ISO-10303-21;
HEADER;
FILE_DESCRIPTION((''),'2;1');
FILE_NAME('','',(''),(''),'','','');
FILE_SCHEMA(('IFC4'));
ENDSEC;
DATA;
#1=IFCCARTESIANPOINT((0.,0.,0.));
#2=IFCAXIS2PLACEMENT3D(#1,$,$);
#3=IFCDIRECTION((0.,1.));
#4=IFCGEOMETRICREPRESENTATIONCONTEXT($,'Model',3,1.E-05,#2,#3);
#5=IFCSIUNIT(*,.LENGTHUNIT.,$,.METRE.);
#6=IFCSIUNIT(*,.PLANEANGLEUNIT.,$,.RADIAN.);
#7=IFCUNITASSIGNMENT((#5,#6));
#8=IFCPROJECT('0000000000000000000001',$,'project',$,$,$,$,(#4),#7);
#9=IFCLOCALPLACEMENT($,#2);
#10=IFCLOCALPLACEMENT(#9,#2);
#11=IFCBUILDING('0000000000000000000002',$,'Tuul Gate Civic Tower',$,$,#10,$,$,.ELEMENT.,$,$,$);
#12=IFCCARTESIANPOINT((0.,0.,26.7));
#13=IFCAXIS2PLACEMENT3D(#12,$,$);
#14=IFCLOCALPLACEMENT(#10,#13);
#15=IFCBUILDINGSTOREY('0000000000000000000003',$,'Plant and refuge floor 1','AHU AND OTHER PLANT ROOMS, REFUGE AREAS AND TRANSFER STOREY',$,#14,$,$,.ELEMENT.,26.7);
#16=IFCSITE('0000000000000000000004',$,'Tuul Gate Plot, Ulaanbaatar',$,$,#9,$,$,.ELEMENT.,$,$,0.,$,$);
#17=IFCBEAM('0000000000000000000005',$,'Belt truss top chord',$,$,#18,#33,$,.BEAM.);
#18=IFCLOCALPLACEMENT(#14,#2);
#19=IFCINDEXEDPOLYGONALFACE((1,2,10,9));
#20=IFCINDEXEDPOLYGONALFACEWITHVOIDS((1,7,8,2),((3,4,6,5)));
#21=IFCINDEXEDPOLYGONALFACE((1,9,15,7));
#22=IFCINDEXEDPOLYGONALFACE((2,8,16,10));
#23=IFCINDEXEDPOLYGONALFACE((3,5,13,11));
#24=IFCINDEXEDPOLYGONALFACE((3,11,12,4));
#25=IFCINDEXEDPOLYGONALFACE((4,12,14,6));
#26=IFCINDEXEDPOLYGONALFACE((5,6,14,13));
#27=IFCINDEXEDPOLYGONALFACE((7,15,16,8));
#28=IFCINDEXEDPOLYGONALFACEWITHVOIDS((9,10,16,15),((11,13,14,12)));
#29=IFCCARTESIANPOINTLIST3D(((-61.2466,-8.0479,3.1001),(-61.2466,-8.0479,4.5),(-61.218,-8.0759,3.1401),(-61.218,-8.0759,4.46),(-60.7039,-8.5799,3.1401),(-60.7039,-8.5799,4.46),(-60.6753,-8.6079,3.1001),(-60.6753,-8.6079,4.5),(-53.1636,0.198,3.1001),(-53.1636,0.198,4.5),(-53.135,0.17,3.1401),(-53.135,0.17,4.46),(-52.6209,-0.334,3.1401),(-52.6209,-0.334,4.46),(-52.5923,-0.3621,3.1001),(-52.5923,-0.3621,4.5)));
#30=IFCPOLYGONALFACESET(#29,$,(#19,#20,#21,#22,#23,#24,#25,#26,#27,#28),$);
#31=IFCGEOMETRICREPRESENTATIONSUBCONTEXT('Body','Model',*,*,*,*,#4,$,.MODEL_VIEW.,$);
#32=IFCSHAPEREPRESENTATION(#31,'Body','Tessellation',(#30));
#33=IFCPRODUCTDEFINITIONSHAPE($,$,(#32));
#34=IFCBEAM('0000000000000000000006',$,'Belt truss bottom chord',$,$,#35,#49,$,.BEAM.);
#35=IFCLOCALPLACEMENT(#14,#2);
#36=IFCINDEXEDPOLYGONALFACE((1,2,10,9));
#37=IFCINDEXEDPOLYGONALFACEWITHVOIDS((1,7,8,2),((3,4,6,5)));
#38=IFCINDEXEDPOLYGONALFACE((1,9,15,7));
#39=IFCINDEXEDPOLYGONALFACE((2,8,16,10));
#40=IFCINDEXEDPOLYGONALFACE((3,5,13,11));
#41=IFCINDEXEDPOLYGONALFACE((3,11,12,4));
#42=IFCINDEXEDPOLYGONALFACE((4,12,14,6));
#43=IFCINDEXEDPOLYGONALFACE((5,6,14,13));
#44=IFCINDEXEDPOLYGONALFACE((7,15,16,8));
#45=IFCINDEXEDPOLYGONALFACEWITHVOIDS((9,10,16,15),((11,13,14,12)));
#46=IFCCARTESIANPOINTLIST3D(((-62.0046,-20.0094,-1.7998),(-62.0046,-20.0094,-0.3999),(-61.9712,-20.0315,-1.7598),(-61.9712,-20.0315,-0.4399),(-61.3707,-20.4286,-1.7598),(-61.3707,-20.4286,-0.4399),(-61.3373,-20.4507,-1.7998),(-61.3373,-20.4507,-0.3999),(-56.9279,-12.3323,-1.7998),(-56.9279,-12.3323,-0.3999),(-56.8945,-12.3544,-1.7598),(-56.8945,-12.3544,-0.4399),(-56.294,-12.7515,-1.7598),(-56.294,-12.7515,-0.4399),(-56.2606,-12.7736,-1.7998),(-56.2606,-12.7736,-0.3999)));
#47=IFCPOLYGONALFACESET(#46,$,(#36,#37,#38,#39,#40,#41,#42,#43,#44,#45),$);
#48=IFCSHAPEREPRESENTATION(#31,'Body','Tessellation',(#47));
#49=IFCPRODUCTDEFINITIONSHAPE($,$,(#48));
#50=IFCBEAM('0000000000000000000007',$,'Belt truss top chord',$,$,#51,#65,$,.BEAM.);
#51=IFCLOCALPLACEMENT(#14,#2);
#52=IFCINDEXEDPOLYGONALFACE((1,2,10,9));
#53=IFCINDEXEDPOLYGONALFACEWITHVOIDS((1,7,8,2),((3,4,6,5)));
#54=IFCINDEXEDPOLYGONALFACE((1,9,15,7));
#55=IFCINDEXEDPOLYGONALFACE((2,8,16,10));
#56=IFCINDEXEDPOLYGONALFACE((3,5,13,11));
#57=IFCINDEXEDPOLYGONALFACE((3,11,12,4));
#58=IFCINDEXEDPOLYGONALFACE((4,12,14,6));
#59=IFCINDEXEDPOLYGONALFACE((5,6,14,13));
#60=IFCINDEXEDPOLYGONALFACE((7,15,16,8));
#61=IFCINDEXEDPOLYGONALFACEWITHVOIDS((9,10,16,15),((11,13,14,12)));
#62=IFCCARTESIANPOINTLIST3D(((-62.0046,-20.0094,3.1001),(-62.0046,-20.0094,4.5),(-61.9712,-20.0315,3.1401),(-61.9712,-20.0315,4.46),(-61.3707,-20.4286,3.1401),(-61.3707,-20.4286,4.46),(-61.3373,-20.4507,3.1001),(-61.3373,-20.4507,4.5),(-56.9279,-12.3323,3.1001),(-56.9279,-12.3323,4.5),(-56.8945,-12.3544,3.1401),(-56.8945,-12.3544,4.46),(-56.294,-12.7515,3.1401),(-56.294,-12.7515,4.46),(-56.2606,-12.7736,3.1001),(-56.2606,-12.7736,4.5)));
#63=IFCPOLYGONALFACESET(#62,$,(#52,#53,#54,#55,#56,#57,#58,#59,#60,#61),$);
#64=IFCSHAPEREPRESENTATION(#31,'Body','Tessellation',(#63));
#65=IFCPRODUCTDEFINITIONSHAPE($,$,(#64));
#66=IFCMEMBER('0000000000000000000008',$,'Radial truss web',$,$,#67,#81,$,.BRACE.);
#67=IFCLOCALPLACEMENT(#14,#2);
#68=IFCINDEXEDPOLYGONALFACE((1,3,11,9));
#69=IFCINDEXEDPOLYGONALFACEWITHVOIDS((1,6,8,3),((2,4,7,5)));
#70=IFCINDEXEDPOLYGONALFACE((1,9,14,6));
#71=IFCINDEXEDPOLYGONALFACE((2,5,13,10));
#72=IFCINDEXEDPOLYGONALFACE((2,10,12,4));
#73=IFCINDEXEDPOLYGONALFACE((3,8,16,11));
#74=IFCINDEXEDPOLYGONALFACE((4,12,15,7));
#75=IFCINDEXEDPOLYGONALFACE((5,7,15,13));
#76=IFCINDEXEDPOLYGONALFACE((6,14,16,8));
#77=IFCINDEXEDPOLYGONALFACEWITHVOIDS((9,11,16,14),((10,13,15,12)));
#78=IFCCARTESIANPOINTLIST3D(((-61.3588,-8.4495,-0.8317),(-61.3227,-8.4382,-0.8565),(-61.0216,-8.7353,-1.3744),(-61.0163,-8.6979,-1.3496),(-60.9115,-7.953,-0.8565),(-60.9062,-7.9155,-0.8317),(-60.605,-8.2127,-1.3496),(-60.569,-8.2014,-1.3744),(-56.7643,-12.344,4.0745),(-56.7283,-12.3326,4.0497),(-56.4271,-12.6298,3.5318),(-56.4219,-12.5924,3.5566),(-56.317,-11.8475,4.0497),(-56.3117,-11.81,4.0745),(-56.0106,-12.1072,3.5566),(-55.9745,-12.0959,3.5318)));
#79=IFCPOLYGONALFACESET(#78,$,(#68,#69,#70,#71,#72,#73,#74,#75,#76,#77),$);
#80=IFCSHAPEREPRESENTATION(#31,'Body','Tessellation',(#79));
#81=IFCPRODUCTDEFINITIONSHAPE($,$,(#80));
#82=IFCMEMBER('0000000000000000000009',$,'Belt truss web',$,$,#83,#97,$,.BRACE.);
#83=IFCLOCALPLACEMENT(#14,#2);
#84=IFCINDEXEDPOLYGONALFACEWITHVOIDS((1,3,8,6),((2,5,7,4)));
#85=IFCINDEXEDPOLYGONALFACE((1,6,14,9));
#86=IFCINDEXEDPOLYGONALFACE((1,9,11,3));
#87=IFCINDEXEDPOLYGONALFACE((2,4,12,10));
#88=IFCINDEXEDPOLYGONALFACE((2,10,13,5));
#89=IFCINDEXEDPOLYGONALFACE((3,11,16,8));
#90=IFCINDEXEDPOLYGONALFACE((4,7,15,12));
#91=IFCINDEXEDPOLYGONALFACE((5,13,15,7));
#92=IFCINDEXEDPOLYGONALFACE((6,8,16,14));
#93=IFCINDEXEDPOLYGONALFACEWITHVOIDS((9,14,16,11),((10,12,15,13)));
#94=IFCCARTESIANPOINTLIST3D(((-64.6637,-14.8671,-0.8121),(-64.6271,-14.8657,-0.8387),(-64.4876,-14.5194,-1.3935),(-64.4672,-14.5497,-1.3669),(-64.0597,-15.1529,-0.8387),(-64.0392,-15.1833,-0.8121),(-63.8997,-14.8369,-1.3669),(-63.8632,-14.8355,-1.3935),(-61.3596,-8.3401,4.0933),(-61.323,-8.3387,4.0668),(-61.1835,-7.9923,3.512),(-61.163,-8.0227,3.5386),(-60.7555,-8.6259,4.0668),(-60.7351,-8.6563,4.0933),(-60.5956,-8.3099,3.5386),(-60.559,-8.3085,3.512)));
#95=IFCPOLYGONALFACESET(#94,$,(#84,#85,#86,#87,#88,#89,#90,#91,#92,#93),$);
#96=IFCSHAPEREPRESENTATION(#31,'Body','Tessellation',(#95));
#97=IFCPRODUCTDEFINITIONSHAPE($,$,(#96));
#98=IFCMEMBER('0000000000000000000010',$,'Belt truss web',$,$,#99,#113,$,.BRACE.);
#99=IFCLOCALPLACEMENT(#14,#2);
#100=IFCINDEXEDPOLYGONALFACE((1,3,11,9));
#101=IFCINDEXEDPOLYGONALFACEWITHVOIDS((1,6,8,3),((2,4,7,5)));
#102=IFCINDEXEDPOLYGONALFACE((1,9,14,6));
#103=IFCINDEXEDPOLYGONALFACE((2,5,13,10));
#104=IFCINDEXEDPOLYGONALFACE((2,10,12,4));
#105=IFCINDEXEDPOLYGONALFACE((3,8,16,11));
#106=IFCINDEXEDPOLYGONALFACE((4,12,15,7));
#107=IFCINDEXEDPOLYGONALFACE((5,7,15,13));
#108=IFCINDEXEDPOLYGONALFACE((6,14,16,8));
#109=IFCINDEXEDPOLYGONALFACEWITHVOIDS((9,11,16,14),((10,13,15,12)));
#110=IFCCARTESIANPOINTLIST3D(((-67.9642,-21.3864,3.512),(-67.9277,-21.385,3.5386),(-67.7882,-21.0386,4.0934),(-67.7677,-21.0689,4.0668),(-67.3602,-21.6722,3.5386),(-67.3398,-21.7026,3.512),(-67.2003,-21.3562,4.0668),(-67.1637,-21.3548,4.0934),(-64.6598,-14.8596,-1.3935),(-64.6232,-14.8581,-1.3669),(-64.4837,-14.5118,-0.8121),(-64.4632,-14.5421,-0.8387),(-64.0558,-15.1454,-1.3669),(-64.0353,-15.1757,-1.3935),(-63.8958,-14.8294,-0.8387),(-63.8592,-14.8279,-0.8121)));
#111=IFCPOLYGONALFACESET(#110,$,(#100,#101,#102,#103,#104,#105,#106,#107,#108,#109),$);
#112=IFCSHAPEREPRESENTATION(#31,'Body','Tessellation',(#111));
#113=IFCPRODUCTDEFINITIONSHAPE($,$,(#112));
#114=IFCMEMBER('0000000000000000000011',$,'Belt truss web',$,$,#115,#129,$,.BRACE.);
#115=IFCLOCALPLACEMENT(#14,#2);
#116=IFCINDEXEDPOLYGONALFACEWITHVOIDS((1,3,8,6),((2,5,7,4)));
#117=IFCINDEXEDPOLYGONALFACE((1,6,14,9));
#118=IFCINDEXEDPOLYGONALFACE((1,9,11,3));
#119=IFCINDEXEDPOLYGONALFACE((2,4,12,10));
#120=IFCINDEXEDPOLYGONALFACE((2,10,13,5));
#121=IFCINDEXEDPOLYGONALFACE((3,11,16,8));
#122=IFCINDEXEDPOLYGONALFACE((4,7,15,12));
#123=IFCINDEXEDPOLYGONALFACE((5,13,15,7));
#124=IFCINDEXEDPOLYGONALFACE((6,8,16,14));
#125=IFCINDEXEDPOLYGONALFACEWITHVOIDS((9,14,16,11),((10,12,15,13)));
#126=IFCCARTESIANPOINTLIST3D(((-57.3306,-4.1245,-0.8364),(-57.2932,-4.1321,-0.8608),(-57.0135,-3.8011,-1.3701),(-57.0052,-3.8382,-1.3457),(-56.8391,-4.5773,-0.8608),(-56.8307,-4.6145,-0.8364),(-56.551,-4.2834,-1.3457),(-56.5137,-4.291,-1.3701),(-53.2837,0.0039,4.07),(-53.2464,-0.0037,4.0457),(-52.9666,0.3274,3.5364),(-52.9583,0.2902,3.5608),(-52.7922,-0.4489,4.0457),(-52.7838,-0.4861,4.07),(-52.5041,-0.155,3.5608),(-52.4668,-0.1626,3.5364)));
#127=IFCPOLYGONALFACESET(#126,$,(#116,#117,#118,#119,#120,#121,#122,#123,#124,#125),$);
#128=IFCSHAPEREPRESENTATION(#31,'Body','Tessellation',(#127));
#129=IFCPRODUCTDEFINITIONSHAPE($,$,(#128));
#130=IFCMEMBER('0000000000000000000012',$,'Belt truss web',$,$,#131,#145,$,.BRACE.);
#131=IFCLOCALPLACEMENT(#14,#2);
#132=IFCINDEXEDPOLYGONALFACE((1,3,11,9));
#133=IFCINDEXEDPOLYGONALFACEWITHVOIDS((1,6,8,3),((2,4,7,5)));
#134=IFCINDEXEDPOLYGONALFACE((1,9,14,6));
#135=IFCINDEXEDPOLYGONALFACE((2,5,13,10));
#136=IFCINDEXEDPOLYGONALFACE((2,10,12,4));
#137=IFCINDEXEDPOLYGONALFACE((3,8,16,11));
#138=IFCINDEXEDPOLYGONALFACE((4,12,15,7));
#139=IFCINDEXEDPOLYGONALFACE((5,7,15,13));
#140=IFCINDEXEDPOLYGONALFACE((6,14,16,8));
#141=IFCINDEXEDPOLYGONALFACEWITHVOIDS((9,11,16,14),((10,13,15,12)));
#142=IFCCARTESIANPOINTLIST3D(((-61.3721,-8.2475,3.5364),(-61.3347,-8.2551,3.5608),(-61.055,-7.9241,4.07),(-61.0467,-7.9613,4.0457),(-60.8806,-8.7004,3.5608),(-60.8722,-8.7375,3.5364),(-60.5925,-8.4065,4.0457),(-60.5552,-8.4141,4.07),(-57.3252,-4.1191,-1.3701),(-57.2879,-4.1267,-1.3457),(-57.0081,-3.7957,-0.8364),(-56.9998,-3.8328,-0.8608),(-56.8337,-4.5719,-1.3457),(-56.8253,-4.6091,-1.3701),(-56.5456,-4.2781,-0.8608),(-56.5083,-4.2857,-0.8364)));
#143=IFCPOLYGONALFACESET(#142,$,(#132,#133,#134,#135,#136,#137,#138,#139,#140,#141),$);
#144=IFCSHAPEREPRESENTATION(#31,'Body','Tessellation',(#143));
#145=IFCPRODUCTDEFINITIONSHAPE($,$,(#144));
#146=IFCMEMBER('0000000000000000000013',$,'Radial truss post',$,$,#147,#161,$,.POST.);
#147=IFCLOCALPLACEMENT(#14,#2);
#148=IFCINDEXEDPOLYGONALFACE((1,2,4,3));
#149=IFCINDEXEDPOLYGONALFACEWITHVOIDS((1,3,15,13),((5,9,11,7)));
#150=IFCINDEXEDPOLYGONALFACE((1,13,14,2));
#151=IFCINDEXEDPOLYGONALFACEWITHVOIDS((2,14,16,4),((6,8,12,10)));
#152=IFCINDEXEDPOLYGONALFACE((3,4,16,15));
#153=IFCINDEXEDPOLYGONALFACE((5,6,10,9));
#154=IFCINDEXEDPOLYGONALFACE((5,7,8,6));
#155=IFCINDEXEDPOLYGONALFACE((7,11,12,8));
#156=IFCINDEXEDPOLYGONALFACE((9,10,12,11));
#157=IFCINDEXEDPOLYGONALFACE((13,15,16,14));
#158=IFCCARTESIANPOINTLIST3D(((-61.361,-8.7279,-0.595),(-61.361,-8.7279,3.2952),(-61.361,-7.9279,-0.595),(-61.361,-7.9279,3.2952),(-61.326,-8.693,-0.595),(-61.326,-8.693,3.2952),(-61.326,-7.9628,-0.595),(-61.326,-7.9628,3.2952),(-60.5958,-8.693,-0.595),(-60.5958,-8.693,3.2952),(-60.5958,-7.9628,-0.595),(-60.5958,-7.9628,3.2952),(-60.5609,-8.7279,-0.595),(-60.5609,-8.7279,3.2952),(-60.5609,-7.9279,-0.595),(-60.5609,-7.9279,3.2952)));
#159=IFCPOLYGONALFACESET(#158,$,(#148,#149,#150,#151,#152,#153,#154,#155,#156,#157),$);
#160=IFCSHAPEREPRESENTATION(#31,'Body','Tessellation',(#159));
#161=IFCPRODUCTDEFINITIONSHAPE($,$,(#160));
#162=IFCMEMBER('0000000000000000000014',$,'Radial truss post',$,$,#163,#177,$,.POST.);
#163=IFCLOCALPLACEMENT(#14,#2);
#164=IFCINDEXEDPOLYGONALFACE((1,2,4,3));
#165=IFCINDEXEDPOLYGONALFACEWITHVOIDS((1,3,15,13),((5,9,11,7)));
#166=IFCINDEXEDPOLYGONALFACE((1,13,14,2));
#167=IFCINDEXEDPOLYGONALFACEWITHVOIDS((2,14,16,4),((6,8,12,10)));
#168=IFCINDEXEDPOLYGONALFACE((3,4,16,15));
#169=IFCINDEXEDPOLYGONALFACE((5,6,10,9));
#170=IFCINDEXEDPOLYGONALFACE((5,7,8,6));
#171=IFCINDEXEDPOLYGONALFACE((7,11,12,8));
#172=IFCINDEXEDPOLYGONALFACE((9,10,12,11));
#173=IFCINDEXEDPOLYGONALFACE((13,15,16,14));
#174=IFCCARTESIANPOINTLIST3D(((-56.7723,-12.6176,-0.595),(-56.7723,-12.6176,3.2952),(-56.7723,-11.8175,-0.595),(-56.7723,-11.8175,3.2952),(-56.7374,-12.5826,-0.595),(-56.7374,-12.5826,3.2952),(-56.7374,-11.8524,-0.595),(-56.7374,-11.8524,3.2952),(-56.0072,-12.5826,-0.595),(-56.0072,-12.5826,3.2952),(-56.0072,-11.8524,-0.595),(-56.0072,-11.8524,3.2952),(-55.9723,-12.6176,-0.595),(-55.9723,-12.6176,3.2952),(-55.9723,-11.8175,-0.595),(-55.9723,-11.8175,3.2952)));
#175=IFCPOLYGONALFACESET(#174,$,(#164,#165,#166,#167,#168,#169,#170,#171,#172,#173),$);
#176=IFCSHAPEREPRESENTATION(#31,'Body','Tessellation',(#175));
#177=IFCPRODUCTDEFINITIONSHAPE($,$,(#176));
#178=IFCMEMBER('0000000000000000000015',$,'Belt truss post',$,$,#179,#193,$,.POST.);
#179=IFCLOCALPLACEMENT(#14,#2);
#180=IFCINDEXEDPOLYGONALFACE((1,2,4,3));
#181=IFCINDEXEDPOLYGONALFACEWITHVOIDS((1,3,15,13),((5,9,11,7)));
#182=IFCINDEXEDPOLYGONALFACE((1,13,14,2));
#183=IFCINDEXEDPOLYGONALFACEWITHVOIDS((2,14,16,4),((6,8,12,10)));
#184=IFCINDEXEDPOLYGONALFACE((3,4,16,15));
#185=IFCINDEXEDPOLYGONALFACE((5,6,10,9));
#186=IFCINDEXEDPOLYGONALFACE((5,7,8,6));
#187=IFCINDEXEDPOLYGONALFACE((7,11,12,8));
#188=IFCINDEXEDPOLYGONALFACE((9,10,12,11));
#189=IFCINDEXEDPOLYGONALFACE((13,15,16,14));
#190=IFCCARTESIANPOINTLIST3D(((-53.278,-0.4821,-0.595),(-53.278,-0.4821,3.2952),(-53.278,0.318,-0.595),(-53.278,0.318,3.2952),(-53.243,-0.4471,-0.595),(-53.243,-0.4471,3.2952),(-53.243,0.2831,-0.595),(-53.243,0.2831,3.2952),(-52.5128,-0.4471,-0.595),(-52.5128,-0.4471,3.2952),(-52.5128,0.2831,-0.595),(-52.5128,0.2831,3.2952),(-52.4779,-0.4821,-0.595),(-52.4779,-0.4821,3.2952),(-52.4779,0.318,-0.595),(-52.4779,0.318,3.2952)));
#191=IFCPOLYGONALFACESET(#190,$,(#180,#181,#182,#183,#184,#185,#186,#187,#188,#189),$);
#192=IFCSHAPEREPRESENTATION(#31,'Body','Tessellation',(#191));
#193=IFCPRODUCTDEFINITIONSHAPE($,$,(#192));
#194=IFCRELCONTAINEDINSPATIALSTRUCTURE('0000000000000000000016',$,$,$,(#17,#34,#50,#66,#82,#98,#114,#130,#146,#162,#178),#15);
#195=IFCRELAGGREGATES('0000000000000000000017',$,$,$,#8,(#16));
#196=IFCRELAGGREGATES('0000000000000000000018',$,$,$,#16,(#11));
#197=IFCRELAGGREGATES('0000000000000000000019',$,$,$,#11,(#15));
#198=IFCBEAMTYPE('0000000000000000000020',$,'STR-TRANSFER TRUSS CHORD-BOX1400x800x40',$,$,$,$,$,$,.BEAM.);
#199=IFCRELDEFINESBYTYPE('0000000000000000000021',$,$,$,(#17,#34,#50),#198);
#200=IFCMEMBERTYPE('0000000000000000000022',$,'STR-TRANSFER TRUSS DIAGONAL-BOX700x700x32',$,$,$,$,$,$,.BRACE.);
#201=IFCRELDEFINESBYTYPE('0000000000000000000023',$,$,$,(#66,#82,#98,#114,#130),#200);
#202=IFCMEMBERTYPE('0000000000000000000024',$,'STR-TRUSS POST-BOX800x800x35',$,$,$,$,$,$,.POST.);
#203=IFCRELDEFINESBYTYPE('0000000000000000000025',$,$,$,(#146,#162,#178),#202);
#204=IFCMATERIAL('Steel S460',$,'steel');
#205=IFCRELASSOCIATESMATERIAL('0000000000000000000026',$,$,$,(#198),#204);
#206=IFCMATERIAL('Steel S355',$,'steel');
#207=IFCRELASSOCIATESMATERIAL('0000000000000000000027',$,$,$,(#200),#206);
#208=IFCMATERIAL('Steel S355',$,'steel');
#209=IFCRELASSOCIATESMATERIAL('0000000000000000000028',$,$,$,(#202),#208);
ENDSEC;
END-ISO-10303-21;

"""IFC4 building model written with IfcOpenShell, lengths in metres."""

from ifc_helpers import new_model, si_unit, direction, frame, origin, origin_2d, place, context, subcontext, project, spatial, hollow_rectangle, extrude, material, material_profile, profile_set, type_object, element, save


model = new_model("IFC4")

# Units and contexts
model_context = context("Model", 3, precision=1e-05, world=origin(), true_north=direction((0.0, 1.0)))
body_context = subcontext(model_context, "Body", "Model", "MODEL_VIEW")
ifc_project = project(units=[si_unit("LENGTHUNIT", "METRE"), si_unit("PLANEANGLEUNIT", "RADIAN")], contexts=[model_context])

# Site, building, storey
site_placement = place(None, origin())
site = spatial("IfcSite", under=ifc_project, at=site_placement, Name="Tuul Gate Plot, Ulaanbaatar", CompositionType="ELEMENT", RefElevation=0.0)
building_placement = place(site_placement, origin())
building = spatial("IfcBuilding", under=site, at=building_placement, Name="Tuul Gate Civic Tower", CompositionType="ELEMENT")
storey_placement = place(building_placement, frame((0.0, 0.0, 26.7)))
storey = spatial("IfcBuildingStorey", under=building, at=storey_placement, Name="Plant and refuge floor 1", Description="AHU AND OTHER PLANT ROOMS, REFUGE AREAS AND TRANSFER STOREY", CompositionType="ELEMENT", Elevation=26.7)

# Beams
ifc_material_1 = material(Name="Steel S460", Category="steel")
ifc_material_profile_1 = material_profile(ifc_material_1, hollow_rectangle(XDim=0.8, YDim=1.3999, WallThickness=0.04, at=origin_2d()), Name="BOX1400x800x40")
ifc_profile_set_1 = profile_set([ifc_material_profile_1], Name="Steel S460")
beam_type_1 = type_object("IfcBeamType", Name="STR-TRANSFER TRUSS CHORD-BOX1400x800x40", PredefinedType="BEAM", material=ifc_profile_set_1)
for number, where, z_axis, x_axis, name in (
    (1, (-52.8779, -0.082, 3.8), (-0.70002, -0.714123, 0.0), (0.714123, -0.70002, 0.0), "Belt truss top chord"),
):
    element("IfcBeam", number, at=place(storey_placement, frame(where, z_axis=z_axis, x_axis=x_axis)), inside=storey, type_object=beam_type_1, Name=name, PredefinedType="BEAM", context=body_context, shape_type="SweptSolid", body=[
        extrude(hollow_rectangle(XDim=0.8, YDim=1.3999, WallThickness=0.04, at=origin_2d()), origin(), (0.0, 0.0, 1.0), 11.5469),
    ])
for number, where, z_axis, x_axis, name in (
    (2, (-56.5942, -12.553, -1.0999), (-0.551587, -0.834118, 0.0), (0.834118, -0.551587, 0.0), "Belt truss bottom chord"),
    (3, (-56.5942, -12.553, 3.8), (-0.551587, -0.834118, 0.0), (0.834118, -0.551587, 0.0), "Belt truss top chord"),
):
    element("IfcBeam", number, at=place(storey_placement, frame(where, z_axis=z_axis, x_axis=x_axis)), inside=storey, type_object=beam_type_1, Name=name, PredefinedType="BEAM", context=body_context, shape_type="SweptSolid", body=[
        extrude(hollow_rectangle(XDim=0.8, YDim=1.3999, WallThickness=0.04, at=origin_2d()), origin(), (0.0, 0.0, 1.0), 9.2039),
    ])

# Members
ifc_material_2 = material(Name="Steel S355", Category="steel")
ifc_material_profile_2 = material_profile(ifc_material_2, hollow_rectangle(XDim=0.7, YDim=0.7, WallThickness=0.032, at=origin_2d()), Name="BOX700x700x32")
ifc_profile_set_2 = profile_set([ifc_material_profile_2], Name="Steel S355")
member_type_1 = type_object("IfcMemberType", Name="STR-TRANSFER TRUSS DIAGONAL-BOX700x700x32", PredefinedType="BRACE", material=ifc_profile_set_2)
member_placement = place(storey_placement, frame((-60.9639, -8.3254, -1.103), z_axis=(0.591433, -0.50133, 0.631566), x_axis=(0.646609, 0.762822, 0.0)))
element("IfcMember", 4, at=member_placement, inside=storey, type_object=member_type_1, Name="Radial truss web", PredefinedType="BRACE", context=body_context, shape_type="SweptSolid", body=[
    extrude(hollow_rectangle(XDim=0.7, YDim=0.7, WallThickness=0.032, at=origin_2d()), origin(), (0.0, 0.0, 1.0), 7.7683),
])
for number, where, z_axis, x_axis, name in (
    (5, (-64.2634, -14.8513, -1.1028), (0.375126, 0.741023, 0.556925), (-0.892194, 0.451653, 0.0), "Belt truss web"),
    (6, (-64.2595, -14.8438, -1.1028), (-0.375158, -0.741003, 0.55693), (0.892173, -0.451693, 0.0), "Belt truss web"),
):
    element("IfcMember", number, at=place(storey_placement, frame(where, z_axis=z_axis, x_axis=x_axis)), inside=storey, type_object=member_type_1, Name=name, PredefinedType="BRACE", context=body_context, shape_type="SweptSolid", body=[
        extrude(hollow_rectangle(XDim=0.7, YDim=0.7, WallThickness=0.032, at=origin_2d()), origin(), (0.0, 0.0, 1.0), 8.8081),
    ])
for number, where, z_axis, x_axis, name in (
    (7, (-56.9221, -4.2078, -1.1033), (0.533711, 0.544465, 0.647079), (-0.714124, 0.700019, 0.0), "Belt truss web"),
    (8, (-56.9167, -4.2024, -1.1033), (-0.533711, -0.544465, 0.647079), (0.714124, -0.700019, 0.0), "Belt truss web"),
):
    element("IfcMember", number, at=place(storey_placement, frame(where, z_axis=z_axis, x_axis=x_axis)), inside=storey, type_object=member_type_1, Name=name, PredefinedType="BRACE", context=body_context, shape_type="SweptSolid", body=[
        extrude(hollow_rectangle(XDim=0.7, YDim=0.7, WallThickness=0.032, at=origin_2d()), origin(), (0.0, 0.0, 1.0), 7.5825),
    ])
ifc_material_3 = material(Name="Steel S355", Category="steel")
ifc_material_profile_3 = material_profile(ifc_material_3, hollow_rectangle(XDim=0.8, YDim=0.8, WallThickness=0.0349, at=origin_2d()), Name="BOX800x800x35")
ifc_profile_set_3 = profile_set([ifc_material_profile_3], Name="Steel S355")
member_type_2 = type_object("IfcMemberType", Name="STR-TRUSS POST-BOX800x800x35", PredefinedType="POST", material=ifc_profile_set_3)
for number, where, z_axis, x_axis, name in (
    (9, (-60.9609, -8.3279, -0.595), (0.0, 0.0, 1.0), (1.0, 0.0, 0.0), "Radial truss post"),
    (10, (-56.3723, -12.2175, -0.595), (0.0, 0.0, 1.0), (1.0, 0.0, 0.0), "Radial truss post"),
    (11, (-52.8779, -0.082, -0.595), (0.0, 0.0, 1.0), (1.0, 0.0, 0.0), "Belt truss post"),
):
    element("IfcMember", number, at=place(storey_placement, frame(where, z_axis=z_axis, x_axis=x_axis)), inside=storey, type_object=member_type_2, Name=name, PredefinedType="POST", context=body_context, shape_type="SweptSolid", body=[
        extrude(hollow_rectangle(XDim=0.8, YDim=0.8, WallThickness=0.0349, at=origin_2d()), origin(), (0.0, 0.0, 1.0), 3.8901),
    ])

save(model, "model.ifc")
